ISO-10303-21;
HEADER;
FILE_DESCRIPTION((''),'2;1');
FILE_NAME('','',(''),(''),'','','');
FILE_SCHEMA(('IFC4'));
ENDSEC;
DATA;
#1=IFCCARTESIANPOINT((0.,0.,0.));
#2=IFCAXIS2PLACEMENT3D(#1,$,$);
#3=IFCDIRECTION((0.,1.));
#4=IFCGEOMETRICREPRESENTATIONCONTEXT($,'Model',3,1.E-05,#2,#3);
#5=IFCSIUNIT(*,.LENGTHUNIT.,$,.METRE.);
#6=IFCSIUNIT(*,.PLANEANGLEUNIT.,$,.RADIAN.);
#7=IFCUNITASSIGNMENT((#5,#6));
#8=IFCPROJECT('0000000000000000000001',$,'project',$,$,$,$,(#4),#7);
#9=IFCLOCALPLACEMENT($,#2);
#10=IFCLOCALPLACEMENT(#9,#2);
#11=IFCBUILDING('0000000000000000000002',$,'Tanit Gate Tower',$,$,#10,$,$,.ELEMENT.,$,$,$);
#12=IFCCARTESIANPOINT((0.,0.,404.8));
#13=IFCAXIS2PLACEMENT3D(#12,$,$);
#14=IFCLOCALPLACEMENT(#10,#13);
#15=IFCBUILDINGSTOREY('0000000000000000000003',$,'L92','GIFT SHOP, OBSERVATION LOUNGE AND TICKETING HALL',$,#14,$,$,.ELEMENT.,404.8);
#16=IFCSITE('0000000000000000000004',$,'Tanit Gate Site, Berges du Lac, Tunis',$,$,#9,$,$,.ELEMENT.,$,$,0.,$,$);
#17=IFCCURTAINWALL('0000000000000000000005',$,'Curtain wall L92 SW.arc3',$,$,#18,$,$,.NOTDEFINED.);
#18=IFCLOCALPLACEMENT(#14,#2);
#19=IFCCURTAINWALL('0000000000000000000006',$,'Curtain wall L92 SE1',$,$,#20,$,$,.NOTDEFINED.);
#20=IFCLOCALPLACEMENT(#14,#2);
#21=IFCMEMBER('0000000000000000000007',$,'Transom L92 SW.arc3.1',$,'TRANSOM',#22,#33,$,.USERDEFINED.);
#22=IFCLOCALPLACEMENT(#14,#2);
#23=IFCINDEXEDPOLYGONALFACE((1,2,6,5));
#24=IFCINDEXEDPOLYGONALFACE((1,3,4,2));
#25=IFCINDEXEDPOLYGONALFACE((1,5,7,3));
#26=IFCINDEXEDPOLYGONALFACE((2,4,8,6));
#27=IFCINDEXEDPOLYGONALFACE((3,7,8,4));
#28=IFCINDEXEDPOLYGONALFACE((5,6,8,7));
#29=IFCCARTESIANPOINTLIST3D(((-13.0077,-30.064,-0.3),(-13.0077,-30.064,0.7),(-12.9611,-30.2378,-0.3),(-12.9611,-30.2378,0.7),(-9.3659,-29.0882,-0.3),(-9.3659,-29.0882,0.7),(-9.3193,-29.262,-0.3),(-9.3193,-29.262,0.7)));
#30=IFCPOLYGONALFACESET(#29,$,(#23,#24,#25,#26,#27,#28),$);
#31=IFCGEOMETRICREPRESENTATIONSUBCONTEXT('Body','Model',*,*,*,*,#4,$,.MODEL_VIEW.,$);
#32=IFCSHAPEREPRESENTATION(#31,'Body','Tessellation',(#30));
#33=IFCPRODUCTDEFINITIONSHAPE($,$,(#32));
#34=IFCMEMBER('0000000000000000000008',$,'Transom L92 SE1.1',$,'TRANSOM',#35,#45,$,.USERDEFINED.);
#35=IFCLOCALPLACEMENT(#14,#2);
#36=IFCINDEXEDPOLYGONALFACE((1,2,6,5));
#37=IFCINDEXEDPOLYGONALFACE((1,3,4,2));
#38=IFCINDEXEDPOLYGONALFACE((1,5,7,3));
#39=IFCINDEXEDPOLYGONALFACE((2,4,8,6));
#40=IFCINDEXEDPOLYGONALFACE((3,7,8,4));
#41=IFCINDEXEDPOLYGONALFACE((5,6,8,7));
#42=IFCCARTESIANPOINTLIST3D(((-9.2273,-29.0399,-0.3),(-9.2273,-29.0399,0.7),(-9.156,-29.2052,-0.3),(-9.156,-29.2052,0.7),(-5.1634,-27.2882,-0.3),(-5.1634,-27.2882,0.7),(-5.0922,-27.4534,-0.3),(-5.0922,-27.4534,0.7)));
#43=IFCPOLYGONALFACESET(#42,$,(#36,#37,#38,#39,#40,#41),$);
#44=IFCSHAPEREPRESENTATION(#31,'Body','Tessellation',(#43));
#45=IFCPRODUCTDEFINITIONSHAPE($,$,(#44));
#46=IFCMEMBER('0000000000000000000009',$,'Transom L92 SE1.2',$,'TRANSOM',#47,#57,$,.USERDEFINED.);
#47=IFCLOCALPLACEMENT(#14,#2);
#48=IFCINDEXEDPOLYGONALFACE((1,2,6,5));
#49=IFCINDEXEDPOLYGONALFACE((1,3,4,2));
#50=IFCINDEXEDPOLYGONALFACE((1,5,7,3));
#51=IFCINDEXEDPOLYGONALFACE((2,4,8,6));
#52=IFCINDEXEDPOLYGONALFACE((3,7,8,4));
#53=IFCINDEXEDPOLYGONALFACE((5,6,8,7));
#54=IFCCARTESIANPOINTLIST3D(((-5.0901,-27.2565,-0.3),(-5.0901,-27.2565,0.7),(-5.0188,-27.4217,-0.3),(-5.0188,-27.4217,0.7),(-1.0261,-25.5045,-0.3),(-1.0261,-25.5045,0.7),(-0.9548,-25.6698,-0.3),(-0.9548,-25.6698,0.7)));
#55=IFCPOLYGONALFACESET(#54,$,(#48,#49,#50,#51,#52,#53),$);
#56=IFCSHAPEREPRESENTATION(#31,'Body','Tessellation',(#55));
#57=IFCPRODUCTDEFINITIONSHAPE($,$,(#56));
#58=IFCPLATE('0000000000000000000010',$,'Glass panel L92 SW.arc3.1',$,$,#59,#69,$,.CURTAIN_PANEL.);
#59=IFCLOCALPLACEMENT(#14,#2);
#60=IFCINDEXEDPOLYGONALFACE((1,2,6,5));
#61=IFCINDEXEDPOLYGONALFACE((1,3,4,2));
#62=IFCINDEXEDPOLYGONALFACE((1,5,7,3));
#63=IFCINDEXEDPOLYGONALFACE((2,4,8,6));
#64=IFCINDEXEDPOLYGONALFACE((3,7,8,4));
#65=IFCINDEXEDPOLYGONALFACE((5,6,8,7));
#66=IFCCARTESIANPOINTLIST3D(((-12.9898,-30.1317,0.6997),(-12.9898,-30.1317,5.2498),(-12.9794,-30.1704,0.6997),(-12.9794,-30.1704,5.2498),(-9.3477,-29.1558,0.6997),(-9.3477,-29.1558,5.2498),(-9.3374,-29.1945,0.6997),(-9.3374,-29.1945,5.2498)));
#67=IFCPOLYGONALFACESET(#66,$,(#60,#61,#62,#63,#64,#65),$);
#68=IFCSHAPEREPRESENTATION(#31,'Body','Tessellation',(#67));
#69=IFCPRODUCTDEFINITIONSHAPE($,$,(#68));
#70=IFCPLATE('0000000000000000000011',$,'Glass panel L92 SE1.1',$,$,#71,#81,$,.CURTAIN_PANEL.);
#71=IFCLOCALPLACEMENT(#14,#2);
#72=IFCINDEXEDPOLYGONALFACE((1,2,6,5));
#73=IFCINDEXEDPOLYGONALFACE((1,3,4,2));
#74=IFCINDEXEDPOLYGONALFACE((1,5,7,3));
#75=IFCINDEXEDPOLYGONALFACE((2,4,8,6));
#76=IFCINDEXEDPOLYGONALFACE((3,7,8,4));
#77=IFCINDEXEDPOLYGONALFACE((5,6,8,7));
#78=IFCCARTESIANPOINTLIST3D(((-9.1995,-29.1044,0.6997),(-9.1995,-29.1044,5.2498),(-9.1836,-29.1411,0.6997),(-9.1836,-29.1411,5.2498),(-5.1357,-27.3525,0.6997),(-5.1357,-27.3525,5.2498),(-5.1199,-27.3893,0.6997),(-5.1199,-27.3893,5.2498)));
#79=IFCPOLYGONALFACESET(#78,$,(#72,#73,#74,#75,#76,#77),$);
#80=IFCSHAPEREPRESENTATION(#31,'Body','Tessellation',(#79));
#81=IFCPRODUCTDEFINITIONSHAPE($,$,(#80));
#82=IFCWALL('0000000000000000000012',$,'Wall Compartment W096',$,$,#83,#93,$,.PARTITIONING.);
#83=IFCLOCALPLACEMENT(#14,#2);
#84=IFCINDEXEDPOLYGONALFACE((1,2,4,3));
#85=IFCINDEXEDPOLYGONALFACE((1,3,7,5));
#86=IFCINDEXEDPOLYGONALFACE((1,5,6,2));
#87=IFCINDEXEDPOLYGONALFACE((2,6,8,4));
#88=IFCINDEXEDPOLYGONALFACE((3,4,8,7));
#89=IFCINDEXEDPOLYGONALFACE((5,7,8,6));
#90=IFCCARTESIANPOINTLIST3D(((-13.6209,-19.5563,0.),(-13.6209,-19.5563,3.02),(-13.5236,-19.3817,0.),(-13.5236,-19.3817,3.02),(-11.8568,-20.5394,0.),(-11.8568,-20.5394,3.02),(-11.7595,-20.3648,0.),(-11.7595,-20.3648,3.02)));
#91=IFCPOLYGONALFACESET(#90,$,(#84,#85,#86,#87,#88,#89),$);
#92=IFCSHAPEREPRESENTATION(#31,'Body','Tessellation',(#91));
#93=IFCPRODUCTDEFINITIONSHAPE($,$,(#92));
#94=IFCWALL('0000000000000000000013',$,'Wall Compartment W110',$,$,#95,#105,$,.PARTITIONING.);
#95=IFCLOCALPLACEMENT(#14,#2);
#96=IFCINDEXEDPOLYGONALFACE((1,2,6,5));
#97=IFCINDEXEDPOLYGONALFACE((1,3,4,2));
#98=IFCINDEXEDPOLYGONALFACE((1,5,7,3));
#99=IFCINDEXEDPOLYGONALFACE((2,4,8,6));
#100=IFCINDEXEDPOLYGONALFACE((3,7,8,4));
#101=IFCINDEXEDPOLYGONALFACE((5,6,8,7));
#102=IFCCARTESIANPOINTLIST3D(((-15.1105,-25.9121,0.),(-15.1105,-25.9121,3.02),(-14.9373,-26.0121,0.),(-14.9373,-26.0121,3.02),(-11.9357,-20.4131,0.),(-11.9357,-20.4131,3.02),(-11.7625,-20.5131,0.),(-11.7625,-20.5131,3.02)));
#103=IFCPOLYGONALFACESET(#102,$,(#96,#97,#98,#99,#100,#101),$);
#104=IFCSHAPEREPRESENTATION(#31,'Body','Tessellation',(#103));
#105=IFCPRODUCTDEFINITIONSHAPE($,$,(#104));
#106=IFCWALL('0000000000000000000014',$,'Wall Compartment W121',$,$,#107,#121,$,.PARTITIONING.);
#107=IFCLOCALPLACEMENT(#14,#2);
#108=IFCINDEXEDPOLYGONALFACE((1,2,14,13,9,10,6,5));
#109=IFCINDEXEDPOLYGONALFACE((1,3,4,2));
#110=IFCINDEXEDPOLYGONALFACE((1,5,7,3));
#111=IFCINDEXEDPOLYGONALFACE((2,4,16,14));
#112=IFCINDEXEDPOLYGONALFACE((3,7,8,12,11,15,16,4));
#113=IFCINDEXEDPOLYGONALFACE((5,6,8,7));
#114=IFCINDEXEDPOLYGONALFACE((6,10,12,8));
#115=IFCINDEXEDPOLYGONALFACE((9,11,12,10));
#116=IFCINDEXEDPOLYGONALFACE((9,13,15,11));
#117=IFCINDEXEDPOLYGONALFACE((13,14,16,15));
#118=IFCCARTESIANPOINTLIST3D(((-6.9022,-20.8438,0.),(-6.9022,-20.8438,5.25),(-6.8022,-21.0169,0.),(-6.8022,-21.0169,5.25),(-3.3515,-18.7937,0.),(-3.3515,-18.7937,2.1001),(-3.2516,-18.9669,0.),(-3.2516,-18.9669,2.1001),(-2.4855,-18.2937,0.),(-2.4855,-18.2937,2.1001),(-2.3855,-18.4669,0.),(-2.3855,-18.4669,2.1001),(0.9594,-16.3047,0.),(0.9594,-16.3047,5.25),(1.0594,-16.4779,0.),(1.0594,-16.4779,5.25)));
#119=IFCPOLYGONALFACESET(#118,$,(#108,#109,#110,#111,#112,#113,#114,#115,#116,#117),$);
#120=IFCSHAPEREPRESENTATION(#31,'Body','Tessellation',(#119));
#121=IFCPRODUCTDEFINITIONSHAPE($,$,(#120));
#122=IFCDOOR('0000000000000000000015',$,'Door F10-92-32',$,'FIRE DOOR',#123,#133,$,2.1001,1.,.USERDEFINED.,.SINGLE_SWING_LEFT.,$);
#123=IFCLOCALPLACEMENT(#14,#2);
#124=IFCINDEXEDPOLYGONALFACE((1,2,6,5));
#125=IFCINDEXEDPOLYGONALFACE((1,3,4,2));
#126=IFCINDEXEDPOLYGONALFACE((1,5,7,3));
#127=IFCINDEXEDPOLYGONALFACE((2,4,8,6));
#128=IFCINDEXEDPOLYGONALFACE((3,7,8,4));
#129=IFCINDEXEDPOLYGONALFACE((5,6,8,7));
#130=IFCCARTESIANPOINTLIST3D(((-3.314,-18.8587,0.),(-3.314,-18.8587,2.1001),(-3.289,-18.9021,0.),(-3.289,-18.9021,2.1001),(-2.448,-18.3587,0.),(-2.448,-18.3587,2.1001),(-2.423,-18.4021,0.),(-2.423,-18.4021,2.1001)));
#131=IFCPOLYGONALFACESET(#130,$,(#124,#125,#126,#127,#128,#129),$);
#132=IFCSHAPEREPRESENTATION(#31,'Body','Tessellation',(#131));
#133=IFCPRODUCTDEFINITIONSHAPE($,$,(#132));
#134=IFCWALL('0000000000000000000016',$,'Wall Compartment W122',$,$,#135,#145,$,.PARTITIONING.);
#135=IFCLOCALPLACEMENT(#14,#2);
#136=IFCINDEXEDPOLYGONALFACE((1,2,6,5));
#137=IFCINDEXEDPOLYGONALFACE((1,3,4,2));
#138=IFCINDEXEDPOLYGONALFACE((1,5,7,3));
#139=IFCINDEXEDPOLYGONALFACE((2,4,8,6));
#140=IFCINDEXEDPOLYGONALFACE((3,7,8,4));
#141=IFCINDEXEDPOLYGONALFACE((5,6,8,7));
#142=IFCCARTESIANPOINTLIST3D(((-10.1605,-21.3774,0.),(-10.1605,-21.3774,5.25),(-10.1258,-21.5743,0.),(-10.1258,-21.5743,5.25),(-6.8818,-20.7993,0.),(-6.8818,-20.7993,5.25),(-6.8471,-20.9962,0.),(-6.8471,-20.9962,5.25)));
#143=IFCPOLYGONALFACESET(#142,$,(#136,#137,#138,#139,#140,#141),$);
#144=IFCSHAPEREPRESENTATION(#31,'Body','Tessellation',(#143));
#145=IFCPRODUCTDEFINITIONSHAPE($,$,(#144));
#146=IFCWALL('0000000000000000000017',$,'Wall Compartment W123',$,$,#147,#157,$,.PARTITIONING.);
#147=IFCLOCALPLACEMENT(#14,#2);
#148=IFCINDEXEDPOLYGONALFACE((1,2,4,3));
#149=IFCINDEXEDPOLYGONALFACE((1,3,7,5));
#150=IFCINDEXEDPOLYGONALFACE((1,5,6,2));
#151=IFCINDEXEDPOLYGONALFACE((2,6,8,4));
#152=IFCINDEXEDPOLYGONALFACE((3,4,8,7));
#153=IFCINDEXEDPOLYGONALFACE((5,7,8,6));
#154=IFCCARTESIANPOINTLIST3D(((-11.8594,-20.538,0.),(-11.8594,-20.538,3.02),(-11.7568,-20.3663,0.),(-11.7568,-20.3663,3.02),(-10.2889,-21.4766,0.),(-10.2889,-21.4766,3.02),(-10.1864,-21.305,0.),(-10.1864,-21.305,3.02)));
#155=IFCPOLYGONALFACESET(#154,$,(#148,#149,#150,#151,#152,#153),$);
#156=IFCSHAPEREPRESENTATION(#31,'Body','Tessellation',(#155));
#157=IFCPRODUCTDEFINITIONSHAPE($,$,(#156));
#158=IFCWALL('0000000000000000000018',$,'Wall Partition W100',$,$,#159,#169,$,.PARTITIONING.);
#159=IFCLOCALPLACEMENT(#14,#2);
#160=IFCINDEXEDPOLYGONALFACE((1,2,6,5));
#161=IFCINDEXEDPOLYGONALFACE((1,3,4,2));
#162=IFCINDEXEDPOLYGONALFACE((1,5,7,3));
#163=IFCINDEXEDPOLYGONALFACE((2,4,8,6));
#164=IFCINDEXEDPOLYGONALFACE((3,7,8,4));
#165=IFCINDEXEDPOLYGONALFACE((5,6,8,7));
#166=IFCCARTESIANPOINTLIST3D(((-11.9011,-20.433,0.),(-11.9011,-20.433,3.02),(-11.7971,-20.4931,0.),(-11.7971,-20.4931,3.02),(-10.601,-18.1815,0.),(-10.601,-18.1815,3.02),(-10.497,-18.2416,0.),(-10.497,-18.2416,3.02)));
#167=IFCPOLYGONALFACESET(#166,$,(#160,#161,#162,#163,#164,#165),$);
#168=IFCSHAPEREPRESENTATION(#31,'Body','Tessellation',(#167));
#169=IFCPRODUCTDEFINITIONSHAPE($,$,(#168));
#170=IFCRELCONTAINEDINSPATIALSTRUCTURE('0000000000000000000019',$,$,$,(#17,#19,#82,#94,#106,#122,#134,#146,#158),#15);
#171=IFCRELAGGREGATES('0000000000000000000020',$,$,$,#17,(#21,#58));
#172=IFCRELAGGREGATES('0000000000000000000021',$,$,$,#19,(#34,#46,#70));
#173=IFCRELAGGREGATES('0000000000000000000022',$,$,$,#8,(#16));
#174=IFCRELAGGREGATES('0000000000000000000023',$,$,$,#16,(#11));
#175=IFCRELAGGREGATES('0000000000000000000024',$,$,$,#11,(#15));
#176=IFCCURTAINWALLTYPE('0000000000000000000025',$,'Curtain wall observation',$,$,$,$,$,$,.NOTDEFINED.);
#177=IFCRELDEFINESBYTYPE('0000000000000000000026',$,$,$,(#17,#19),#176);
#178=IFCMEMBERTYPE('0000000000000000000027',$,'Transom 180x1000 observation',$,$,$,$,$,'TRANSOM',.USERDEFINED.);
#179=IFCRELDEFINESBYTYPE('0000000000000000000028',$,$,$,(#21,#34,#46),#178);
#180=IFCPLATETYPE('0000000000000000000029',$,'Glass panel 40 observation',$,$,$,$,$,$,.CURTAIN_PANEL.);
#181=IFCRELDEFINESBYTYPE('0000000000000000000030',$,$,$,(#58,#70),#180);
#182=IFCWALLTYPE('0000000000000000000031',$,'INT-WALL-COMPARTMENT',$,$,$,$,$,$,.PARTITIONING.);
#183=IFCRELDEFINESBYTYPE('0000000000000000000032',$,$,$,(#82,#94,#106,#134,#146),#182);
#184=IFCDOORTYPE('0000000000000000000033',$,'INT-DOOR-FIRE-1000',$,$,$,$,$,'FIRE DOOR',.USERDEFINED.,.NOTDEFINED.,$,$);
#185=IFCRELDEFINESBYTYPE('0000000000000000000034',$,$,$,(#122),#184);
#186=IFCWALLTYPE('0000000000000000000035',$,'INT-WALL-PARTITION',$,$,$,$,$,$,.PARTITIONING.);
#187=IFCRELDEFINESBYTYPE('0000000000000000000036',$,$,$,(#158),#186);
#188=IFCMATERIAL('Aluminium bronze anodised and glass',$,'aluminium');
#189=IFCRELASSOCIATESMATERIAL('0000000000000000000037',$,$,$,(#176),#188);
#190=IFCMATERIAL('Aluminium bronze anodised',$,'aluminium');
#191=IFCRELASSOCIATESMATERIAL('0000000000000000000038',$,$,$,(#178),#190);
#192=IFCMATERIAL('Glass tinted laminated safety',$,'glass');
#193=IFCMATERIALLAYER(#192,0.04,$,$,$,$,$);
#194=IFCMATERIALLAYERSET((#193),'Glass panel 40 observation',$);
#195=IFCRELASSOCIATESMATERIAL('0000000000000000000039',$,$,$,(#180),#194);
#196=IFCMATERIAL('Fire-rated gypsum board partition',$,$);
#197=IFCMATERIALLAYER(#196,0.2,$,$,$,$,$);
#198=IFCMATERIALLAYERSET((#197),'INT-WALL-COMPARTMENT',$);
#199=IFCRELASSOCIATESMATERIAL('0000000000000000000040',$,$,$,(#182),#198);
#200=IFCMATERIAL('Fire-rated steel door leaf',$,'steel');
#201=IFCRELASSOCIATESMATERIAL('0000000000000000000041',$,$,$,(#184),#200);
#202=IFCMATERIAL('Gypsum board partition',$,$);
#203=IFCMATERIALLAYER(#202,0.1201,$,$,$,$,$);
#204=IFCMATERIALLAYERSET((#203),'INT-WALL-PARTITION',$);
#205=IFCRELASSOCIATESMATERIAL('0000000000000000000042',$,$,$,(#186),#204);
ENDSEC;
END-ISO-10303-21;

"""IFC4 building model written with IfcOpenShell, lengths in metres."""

from ifc_helpers import new_model, si_unit, direction, frame, frame_2d, origin, origin_2d, place, context, subcontext, project, spatial, rectangle, extrude, material, layer, layer_set, material_profile, profile_set, type_object, element, fill, aggregate, save


model = new_model("IFC4")

# Units and contexts
model_context = context("Model", 3, precision=1e-05, world=origin(), true_north=direction((0.0, 1.0)))
body_context = subcontext(model_context, "Body", "Model", "MODEL_VIEW")
ifc_project = project(units=[si_unit("LENGTHUNIT", "METRE"), si_unit("PLANEANGLEUNIT", "RADIAN")], contexts=[model_context])

# Site, building, storey
site_placement = place(None, origin())
site = spatial("IfcSite", under=ifc_project, at=site_placement, Name="Tanit Gate Site, Berges du Lac, Tunis", CompositionType="ELEMENT", RefElevation=0.0)
building_placement = place(site_placement, origin())
building = spatial("IfcBuilding", under=site, at=building_placement, Name="Tanit Gate Tower", CompositionType="ELEMENT")
storey_placement = place(building_placement, frame((0.0, 0.0, 404.8)))
storey = spatial("IfcBuildingStorey", under=building, at=storey_placement, Name="L92", Description="GIFT SHOP, OBSERVATION LOUNGE AND TICKETING HALL", CompositionType="ELEMENT", Elevation=404.8)

# Shared definitions
ifc_material_1 = material(Name="Aluminium bronze anodised and glass", Category="aluminium")
curtain_wall_type = type_object("IfcCurtainWallType", Name="Curtain wall observation", PredefinedType="NOTDEFINED", material=ifc_material_1)

# Curtain walls
curtain_wall_1_placement = place(storey_placement, origin())
curtain_wall_1 = element("IfcCurtainWall", 1, at=curtain_wall_1_placement, inside=storey, type_object=curtain_wall_type, Name="Curtain wall L92 SW.arc3", PredefinedType="NOTDEFINED")
curtain_wall_2_placement = place(storey_placement, origin())
curtain_wall_2 = element("IfcCurtainWall", 2, at=curtain_wall_2_placement, inside=storey, type_object=curtain_wall_type, Name="Curtain wall L92 SE1", PredefinedType="NOTDEFINED")

# Members
ifc_material_2 = material(Name="Aluminium bronze anodised", Category="aluminium")
ifc_material_profile_1 = material_profile(ifc_material_2, rectangle(XDim=0.1799, YDim=1.0, at=origin_2d()), Name="180x1000 bronze transom")
ifc_profile_set_1 = profile_set([ifc_material_profile_1], Name="Aluminium bronze anodised")
member_type_1 = type_object("IfcMemberType", Name="Transom 180x1000 observation", ElementType="TRANSOM", PredefinedType="USERDEFINED", material=ifc_profile_set_1)
member_1_placement = place(storey_placement, frame((-12.9844, -30.1509, 0.2), z_axis=(0.965926, 0.258819, 0.0), x_axis=(-0.258819, 0.965926, 0.0)))
member_1 = element("IfcMember", 3, at=member_1_placement, type_object=member_type_1, Name="Transom L92 SW.arc3.1", ObjectType="TRANSOM", PredefinedType="USERDEFINED", context=body_context, shape_type="SweptSolid", body=[
    extrude(rectangle(XDim=0.1799, YDim=1.0, at=origin_2d()), origin(), (0.0, 0.0, 1.0), 3.7703),
])
member_2_placement = place(storey_placement, frame((-9.1917, -29.1226, 0.2), z_axis=(0.918315, 0.395849, 0.0), x_axis=(-0.395849, 0.918315, 0.0)))
member_2 = element("IfcMember", 4, at=member_2_placement, type_object=member_type_1, Name="Transom L92 SE1.1", ObjectType="TRANSOM", PredefinedType="USERDEFINED", context=body_context, shape_type="SweptSolid", body=[
    extrude(rectangle(XDim=0.1799, YDim=1.0, at=origin_2d()), origin(), (0.0, 0.0, 1.0), 4.4253),
])
member_3_placement = place(storey_placement, frame((-5.0544, -27.3391, 0.2), z_axis=(0.918304, 0.395876, 0.0), x_axis=(-0.395876, 0.918304, 0.0)))
member_3 = element("IfcMember", 5, at=member_3_placement, type_object=member_type_1, Name="Transom L92 SE1.2", ObjectType="TRANSOM", PredefinedType="USERDEFINED", context=body_context, shape_type="SweptSolid", body=[
    extrude(rectangle(XDim=0.1799, YDim=1.0, at=origin_2d()), origin(), (0.0, 0.0, 1.0), 4.4255),
])

# Plates
ifc_material_3 = material(Name="Glass tinted laminated safety", Category="glass")
ifc_layer_1 = layer(ifc_material_3, 0.04)
ifc_layer_set_1 = layer_set([ifc_layer_1], Name="Glass panel 40 observation")
plate_type = type_object("IfcPlateType", Name="Glass panel 40 observation", PredefinedType="CURTAIN_PANEL", material=ifc_layer_set_1)
plate_1_placement = place(storey_placement, frame((-11.1636, -29.6631, 0.6997), z_axis=(0.0, 0.0, 1.0), x_axis=(0.965926, 0.258819, 0.0)))
plate_1 = element("IfcPlate", 6, at=plate_1_placement, type_object=plate_type, Name="Glass panel L92 SW.arc3.1", PredefinedType="CURTAIN_PANEL", context=body_context, shape_type="SweptSolid", body=[
    extrude(rectangle(XDim=3.7705, YDim=0.04, at=origin_2d()), origin(), (0.0, 0.0, 1.0), 4.55),
])
aggregate(curtain_wall_1, [member_1, plate_1])
plate_2_placement = place(storey_placement, frame((-7.1597, -28.2468, 0.6997), z_axis=(0.0, 0.0, 1.0), x_axis=(0.918306, 0.395871, 0.0)))
plate_2 = element("IfcPlate", 7, at=plate_2_placement, type_object=plate_type, Name="Glass panel L92 SE1.1", PredefinedType="CURTAIN_PANEL", context=body_context, shape_type="SweptSolid", body=[
    extrude(rectangle(XDim=4.4253, YDim=0.04, at=origin_2d()), origin(), (0.0, 0.0, 1.0), 4.55),
])
aggregate(curtain_wall_2, [member_2, member_3, plate_2])

# Walls
ifc_material_4 = material(Name="Fire-rated gypsum board partition")
ifc_layer_2 = layer(ifc_material_4, 0.2)
ifc_layer_set_2 = layer_set([ifc_layer_2], Name="INT-WALL-COMPARTMENT")
wall_type_1 = type_object("IfcWallType", Name="INT-WALL-COMPARTMENT", PredefinedType="PARTITIONING", material=ifc_layer_set_2)
wall_1_placement = place(storey_placement, frame((-13.5723, -19.469, 0.0), z_axis=(0.0, 0.0, 1.0), x_axis=(0.873512, -0.486802, 0.0)))
element("IfcWall", 8, at=wall_1_placement, inside=storey, type_object=wall_type_1, Name="Wall Compartment W096", PredefinedType="PARTITIONING", context=body_context, shape_type="SweptSolid", body=[
    extrude(rectangle(XDim=2.0195, YDim=0.2, at=frame_2d((1.0098, 0.0))), origin(), (0.0, 0.0, 1.0), 3.02),
])
wall_2_placement = place(storey_placement, frame((-11.8491, -20.4631, 0.0), z_axis=(0.0, 0.0, 1.0), x_axis=(-0.499993, -0.866029, 0.0)))
element("IfcWall", 9, at=wall_2_placement, inside=storey, type_object=wall_type_1, Name="Wall Compartment W110", PredefinedType="PARTITIONING", context=body_context, shape_type="SweptSolid", body=[
    extrude(rectangle(XDim=6.3496, YDim=0.2, at=frame_2d((3.1748, 0.0))), origin(), (0.0, 0.0, 1.0), 3.02),
])

# Wall, opening, door
wall_3_placement = place(storey_placement, frame((-6.8523, -20.9304, 0.0), z_axis=(0.0, 0.0, 1.0), x_axis=(0.866017, 0.500015, 0.0)))
wall_3 = element("IfcWall", 10, at=wall_3_placement, inside=storey, type_object=wall_type_1, Name="Wall Compartment W121", PredefinedType="PARTITIONING", context=body_context, shape_type="SweptSolid", body=[
    extrude(rectangle(XDim=9.0779, YDim=0.2, at=frame_2d((4.5391, 0.0))), origin(), (0.0, 0.0, 1.0), 5.25),
])
opening_1_placement = place(wall_3_placement, frame((4.1001, 0.0, 0.0)))
opening_1 = element("IfcOpeningElement", 11, at=opening_1_placement, cuts=wall_3, PredefinedType="OPENING", context=body_context, shape_type="SweptSolid", body=[
    extrude(rectangle(XDim=1.0, YDim=2.1001, at=frame_2d((0.5, 1.05))), frame((0.0, 0.1099, 0.0), z_axis=(0.0, -1.0, 0.0), x_axis=(1.0, 0.0, 0.0)), (0.0, 0.0, 1.0), 0.22),
])
ifc_material_5 = material(Name="Fire-rated steel door leaf", Category="steel")
door_type_1 = type_object("IfcDoorType", Name="INT-DOOR-FIRE-1000", ElementType="FIRE DOOR", OperationType="NOTDEFINED", PredefinedType="USERDEFINED", material=ifc_material_5)
door_1_placement = place(opening_1_placement, origin())
door_1 = element("IfcDoor", 12, at=door_1_placement, inside=storey, type_object=door_type_1, Name="Door F10-92-32", ObjectType="FIRE DOOR", OperationType="SINGLE_SWING_LEFT", OverallHeight=2.1001, OverallWidth=1.0, PredefinedType="USERDEFINED", context=body_context, shape_type="SweptSolid", body=[
    extrude(rectangle(XDim=1.0, YDim=2.1001, at=frame_2d((0.5, 1.05))), frame((0.0, 0.0249, 0.0), z_axis=(0.0, -1.0, 0.0), x_axis=(1.0, 0.0, 0.0)), (0.0, 0.0, 1.0), 0.05),
])
fill(opening_1, door_1)

# Walls
wall_4_placement = place(storey_placement, frame((-10.1431, -21.4758, 0.0), z_axis=(0.0, 0.0, 1.0), x_axis=(0.984809, 0.173643, 0.0)))
element("IfcWall", 13, at=wall_4_placement, inside=storey, type_object=wall_type_1, Name="Wall Compartment W122", PredefinedType="PARTITIONING", context=body_context, shape_type="SweptSolid", body=[
    extrude(rectangle(XDim=3.3293, YDim=0.2, at=frame_2d((1.6646, 0.0))), origin(), (0.0, 0.0, 1.0), 5.25),
])
wall_5_placement = place(storey_placement, frame((-11.8081, -20.4521, 0.0), z_axis=(0.0, 0.0, 1.0), x_axis=(0.858363, -0.513043, 0.0)))
element("IfcWall", 14, at=wall_5_placement, inside=storey, type_object=wall_type_1, Name="Wall Compartment W123", PredefinedType="PARTITIONING", context=body_context, shape_type="SweptSolid", body=[
    extrude(rectangle(XDim=1.8296, YDim=0.2, at=frame_2d((0.9148, 0.0))), origin(), (0.0, 0.0, 1.0), 3.02),
])
ifc_material_6 = material(Name="Gypsum board partition")
ifc_layer_3 = layer(ifc_material_6, 0.1201)
ifc_layer_set_3 = layer_set([ifc_layer_3], Name="INT-WALL-PARTITION")
wall_type_2 = type_object("IfcWallType", Name="INT-WALL-PARTITION", PredefinedType="PARTITIONING", material=ifc_layer_set_3)
wall_6_placement = place(storey_placement, frame((-10.5491, -18.2117, 0.0), z_axis=(0.0, 0.0, 1.0), x_axis=(-0.500048, -0.865998, 0.0)))
element("IfcWall", 15, at=wall_6_placement, inside=storey, type_object=wall_type_2, Name="Wall Partition W100", PredefinedType="PARTITIONING", context=body_context, shape_type="SweptSolid", body=[
    extrude(rectangle(XDim=2.5999, YDim=0.1201, at=frame_2d((1.2998, 0.0))), origin(), (0.0, 0.0, 1.0), 3.02),
])

save(model, "model.ifc")
